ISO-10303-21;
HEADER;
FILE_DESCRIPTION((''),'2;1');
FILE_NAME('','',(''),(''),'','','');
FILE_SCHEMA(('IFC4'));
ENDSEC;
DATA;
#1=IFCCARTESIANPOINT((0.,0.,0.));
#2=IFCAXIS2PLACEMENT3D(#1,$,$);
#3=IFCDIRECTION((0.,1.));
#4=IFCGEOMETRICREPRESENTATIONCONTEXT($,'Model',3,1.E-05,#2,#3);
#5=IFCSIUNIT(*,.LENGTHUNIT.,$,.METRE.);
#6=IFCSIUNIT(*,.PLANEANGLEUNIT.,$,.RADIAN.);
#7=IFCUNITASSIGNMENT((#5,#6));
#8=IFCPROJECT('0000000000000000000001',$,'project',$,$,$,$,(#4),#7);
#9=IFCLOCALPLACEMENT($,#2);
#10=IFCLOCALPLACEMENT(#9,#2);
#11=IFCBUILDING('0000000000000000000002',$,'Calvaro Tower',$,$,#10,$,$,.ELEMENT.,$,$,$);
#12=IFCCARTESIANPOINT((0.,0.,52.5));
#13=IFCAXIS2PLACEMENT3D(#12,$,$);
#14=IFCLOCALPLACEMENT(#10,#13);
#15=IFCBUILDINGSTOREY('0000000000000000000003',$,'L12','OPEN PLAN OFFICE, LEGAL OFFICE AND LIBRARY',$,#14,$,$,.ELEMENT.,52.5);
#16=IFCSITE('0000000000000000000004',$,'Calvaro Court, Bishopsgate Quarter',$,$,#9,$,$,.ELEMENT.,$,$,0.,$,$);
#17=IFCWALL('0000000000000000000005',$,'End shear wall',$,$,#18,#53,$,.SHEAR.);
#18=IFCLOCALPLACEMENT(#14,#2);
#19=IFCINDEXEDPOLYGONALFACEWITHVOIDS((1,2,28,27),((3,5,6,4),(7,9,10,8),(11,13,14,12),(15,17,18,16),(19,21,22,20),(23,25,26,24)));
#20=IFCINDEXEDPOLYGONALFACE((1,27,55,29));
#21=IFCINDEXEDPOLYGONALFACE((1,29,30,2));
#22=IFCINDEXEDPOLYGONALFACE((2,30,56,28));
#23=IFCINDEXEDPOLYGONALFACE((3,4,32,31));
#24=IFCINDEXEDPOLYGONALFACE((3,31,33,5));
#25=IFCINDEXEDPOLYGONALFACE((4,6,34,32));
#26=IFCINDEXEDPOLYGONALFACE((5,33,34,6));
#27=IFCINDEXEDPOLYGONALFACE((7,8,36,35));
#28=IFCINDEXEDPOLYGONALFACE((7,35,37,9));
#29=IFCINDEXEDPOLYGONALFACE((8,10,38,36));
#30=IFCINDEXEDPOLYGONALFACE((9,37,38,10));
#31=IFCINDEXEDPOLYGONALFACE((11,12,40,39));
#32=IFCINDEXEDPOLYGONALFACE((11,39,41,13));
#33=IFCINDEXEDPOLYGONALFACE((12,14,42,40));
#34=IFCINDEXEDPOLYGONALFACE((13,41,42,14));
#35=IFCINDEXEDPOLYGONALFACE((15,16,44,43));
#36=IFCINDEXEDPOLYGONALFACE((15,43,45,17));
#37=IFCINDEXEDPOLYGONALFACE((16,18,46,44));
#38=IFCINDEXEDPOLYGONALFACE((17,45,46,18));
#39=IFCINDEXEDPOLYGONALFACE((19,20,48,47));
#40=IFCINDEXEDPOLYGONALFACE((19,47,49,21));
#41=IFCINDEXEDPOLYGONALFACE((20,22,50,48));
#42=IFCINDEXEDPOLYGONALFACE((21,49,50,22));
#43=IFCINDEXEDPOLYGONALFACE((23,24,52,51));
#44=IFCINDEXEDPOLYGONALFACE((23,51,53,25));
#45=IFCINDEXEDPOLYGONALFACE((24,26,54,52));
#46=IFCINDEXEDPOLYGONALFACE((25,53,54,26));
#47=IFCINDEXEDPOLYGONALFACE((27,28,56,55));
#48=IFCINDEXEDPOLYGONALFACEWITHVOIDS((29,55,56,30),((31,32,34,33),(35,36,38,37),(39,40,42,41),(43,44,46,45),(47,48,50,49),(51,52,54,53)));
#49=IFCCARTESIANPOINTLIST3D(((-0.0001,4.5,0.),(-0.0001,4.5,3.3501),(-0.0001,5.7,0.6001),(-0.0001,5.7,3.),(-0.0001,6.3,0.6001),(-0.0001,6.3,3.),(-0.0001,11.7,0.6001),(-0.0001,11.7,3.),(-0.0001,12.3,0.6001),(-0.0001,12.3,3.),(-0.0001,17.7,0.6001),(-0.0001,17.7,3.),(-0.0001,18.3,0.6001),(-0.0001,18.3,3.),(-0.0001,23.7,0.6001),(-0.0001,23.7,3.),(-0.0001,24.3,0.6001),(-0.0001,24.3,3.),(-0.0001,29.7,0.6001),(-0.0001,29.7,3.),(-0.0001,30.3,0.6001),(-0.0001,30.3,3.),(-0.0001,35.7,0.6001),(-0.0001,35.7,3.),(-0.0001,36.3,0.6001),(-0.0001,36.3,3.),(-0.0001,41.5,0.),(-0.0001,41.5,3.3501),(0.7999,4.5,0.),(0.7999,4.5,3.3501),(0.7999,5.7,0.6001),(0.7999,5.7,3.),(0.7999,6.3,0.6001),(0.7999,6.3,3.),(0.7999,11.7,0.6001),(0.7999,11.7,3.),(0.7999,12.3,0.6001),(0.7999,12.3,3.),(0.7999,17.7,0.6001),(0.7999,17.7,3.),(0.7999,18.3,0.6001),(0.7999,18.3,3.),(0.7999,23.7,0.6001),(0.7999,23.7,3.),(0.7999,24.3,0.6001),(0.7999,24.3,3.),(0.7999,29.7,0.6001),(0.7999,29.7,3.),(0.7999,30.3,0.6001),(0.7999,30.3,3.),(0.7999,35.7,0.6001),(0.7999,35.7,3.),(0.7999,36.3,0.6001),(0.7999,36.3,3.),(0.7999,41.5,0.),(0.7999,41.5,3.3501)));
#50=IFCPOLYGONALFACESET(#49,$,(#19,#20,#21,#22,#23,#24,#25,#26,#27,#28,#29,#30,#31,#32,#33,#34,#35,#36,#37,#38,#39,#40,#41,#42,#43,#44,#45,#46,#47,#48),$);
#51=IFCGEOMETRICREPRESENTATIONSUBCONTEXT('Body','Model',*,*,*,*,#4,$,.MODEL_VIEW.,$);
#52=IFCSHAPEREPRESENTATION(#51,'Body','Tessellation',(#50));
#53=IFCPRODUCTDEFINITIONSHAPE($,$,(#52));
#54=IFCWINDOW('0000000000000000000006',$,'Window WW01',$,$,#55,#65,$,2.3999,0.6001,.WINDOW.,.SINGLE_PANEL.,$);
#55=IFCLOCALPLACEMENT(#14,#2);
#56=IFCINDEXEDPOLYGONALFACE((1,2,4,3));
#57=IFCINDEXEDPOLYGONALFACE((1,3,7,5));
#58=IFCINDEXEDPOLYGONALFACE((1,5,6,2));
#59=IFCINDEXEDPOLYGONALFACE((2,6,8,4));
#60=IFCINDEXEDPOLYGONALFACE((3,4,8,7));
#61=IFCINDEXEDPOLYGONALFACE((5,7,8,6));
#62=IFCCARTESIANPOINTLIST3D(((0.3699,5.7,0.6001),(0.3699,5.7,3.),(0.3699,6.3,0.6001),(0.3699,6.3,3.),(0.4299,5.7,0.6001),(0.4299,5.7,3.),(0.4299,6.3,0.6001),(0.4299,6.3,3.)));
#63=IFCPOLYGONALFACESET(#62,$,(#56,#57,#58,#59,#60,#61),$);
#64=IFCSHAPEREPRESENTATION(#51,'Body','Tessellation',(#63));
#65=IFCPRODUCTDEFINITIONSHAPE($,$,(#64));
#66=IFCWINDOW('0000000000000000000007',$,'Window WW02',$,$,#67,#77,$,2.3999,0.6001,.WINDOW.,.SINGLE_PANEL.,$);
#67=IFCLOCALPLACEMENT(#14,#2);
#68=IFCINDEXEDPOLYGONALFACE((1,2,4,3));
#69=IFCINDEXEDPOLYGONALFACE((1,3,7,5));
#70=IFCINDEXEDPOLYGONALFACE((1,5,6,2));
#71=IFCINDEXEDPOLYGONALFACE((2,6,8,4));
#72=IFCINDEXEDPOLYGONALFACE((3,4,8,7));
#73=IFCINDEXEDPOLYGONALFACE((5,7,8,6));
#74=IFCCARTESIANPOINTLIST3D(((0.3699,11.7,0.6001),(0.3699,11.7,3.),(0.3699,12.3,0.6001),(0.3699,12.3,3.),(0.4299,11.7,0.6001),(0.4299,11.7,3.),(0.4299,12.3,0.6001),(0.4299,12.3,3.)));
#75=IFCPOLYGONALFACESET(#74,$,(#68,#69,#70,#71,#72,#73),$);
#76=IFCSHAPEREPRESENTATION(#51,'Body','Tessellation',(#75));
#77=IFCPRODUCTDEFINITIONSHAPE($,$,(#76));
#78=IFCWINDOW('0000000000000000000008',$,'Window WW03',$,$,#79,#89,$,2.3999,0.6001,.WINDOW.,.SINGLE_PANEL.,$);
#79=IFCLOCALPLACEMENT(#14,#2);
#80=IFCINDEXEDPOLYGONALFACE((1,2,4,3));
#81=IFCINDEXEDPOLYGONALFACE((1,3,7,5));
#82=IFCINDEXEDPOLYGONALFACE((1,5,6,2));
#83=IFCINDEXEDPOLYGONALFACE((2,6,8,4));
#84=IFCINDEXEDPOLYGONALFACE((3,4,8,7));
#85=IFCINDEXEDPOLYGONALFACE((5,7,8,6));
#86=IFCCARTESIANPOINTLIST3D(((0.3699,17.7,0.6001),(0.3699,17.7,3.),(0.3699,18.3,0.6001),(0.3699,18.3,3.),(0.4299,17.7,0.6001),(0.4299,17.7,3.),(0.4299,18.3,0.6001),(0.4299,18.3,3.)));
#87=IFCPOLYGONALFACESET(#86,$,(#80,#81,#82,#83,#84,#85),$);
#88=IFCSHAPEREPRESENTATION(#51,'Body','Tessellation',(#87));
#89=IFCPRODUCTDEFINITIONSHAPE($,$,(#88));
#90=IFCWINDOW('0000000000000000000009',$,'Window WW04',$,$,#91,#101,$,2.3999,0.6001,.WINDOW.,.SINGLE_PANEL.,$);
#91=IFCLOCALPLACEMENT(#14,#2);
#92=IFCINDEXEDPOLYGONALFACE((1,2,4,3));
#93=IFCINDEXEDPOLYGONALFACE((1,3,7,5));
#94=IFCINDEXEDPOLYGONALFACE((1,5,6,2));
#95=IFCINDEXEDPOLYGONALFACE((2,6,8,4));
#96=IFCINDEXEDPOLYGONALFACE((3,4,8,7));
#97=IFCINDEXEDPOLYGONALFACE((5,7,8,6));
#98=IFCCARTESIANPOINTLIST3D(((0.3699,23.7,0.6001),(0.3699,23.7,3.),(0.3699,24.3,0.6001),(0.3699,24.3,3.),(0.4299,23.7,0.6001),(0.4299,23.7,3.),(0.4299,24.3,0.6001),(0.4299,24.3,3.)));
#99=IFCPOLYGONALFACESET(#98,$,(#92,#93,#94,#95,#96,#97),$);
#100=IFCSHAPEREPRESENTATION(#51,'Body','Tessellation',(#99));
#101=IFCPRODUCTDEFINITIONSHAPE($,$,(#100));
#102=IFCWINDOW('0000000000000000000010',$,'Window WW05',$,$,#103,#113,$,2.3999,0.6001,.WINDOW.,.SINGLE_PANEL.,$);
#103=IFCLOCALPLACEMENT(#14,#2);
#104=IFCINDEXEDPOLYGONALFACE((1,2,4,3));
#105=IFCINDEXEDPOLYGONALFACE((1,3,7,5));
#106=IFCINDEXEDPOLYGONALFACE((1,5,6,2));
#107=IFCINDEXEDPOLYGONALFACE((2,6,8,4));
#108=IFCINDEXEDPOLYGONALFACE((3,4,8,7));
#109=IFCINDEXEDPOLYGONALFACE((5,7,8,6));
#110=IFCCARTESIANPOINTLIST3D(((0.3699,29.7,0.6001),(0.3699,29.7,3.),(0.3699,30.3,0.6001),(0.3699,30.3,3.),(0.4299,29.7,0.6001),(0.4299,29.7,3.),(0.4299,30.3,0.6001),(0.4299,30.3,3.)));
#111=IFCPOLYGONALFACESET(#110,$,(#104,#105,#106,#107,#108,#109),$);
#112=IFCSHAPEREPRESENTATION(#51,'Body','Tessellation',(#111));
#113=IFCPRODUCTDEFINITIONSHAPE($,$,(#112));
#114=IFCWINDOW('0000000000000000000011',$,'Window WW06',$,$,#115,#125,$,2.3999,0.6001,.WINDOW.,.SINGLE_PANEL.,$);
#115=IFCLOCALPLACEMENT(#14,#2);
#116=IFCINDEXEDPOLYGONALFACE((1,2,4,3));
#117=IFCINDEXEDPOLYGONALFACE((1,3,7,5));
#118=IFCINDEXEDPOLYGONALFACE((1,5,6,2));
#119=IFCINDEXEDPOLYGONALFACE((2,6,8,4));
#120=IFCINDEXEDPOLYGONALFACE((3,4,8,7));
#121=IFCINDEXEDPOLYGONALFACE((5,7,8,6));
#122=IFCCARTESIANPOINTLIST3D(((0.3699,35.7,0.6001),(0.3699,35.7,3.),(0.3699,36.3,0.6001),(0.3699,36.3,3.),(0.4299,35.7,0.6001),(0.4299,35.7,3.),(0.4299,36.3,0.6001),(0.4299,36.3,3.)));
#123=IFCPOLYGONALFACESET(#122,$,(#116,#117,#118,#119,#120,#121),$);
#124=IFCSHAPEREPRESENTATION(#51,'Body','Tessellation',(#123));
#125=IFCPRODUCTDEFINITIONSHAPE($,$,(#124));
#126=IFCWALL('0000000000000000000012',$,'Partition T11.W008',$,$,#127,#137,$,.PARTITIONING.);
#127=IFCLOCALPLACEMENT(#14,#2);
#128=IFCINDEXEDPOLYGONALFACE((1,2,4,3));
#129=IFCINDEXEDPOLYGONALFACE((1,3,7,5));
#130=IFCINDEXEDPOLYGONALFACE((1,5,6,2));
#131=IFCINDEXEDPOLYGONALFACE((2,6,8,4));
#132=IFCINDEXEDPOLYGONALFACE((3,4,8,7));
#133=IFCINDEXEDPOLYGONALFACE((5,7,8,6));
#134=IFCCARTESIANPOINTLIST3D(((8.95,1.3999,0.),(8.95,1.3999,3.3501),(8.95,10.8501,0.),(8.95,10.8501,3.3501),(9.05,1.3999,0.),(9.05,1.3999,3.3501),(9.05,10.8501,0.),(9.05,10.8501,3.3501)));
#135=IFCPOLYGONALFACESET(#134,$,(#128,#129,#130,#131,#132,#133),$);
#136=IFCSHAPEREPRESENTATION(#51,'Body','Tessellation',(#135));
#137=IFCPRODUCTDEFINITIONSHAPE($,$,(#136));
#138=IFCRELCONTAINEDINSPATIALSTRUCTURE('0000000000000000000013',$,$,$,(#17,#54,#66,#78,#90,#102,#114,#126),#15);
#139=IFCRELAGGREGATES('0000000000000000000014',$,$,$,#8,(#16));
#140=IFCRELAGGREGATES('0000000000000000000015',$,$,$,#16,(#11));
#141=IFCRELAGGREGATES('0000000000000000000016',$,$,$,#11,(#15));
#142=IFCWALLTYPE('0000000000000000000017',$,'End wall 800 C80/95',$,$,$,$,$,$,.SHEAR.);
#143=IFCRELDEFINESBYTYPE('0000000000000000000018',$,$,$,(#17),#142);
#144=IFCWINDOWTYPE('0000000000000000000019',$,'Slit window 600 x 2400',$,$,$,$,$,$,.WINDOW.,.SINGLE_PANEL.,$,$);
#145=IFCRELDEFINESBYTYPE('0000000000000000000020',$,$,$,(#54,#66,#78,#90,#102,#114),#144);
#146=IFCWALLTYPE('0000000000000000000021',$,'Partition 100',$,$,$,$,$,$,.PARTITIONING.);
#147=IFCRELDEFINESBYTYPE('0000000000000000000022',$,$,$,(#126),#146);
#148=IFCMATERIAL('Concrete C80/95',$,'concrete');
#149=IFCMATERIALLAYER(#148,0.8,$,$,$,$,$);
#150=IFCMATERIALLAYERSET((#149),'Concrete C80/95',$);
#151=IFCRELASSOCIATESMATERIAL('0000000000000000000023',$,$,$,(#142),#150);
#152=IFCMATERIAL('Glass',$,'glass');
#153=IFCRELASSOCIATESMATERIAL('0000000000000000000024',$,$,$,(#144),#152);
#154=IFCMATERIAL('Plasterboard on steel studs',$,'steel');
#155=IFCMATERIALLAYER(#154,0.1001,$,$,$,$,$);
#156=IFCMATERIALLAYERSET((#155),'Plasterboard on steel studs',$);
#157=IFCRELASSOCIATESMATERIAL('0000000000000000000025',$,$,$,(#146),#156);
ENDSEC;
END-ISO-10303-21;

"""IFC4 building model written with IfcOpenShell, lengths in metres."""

from ifc_helpers import new_model, si_unit, direction, frame, frame_2d, origin, place, context, subcontext, project, spatial, rectangle, extrude, material, layer, layer_set, type_object, element, fill, save


model = new_model("IFC4")

# Units and contexts
model_context = context("Model", 3, precision=1e-05, world=origin(), true_north=direction((0.0, 1.0)))
body_context = subcontext(model_context, "Body", "Model", "MODEL_VIEW")
ifc_project = project(units=[si_unit("LENGTHUNIT", "METRE"), si_unit("PLANEANGLEUNIT", "RADIAN")], contexts=[model_context])

# Site, building, storey
site_placement = place(None, origin())
site = spatial("IfcSite", under=ifc_project, at=site_placement, Name="Calvaro Court, Bishopsgate Quarter", CompositionType="ELEMENT", RefElevation=0.0)
building_placement = place(site_placement, origin())
building = spatial("IfcBuilding", under=site, at=building_placement, Name="Calvaro Tower", CompositionType="ELEMENT")
storey_placement = place(building_placement, frame((0.0, 0.0, 52.5)))
storey = spatial("IfcBuildingStorey", under=building, at=storey_placement, Name="L12", Description="OPEN PLAN OFFICE, LEGAL OFFICE AND LIBRARY", CompositionType="ELEMENT", Elevation=52.5)

# Wall, openings, windows
ifc_material_1 = material(Name="Concrete C80/95", Category="concrete")
ifc_layer_1 = layer(ifc_material_1, 0.8)
ifc_layer_set_1 = layer_set([ifc_layer_1], Name="Concrete C80/95")
wall_type_1 = type_object("IfcWallType", Name="End wall 800 C80/95", PredefinedType="SHEAR", material=ifc_layer_set_1)
wall_1_placement = place(storey_placement, frame((0.3999, 4.5, 0.0), z_axis=(0.0, 0.0, 1.0), x_axis=(0.0, 1.0, 0.0)))
wall_1 = element("IfcWall", 1, at=wall_1_placement, inside=storey, type_object=wall_type_1, Name="End shear wall", PredefinedType="SHEAR", context=body_context, shape_type="SweptSolid", body=[
    extrude(rectangle(XDim=37.0, YDim=0.8, at=frame_2d((18.5, 0.0))), origin(), (0.0, 0.0, 1.0), 3.3501),
])
opening_1_placement = place(wall_1_placement, frame((1.2, 0.0, 0.6001)))
opening_1 = element("IfcOpeningElement", 2, at=opening_1_placement, cuts=wall_1, PredefinedType="OPENING", context=body_context, shape_type="SweptSolid", body=[
    extrude(rectangle(XDim=0.6001, YDim=2.3999, at=frame_2d((0.3, 1.2))), frame((0.0, 0.4099, 0.0), z_axis=(0.0, -1.0, 0.0), x_axis=(1.0, 0.0, 0.0)), (0.0, 0.0, 1.0), 0.8201),
])
opening_2_placement = place(wall_1_placement, frame((7.2, 0.0, 0.6001)))
opening_2 = element("IfcOpeningElement", 3, at=opening_2_placement, cuts=wall_1, PredefinedType="OPENING", context=body_context, shape_type="SweptSolid", body=[
    extrude(rectangle(XDim=0.6001, YDim=2.3999, at=frame_2d((0.3, 1.2))), frame((0.0, 0.4099, 0.0), z_axis=(0.0, -1.0, 0.0), x_axis=(1.0, 0.0, 0.0)), (0.0, 0.0, 1.0), 0.8201),
])
opening_3_placement = place(wall_1_placement, frame((13.2, 0.0, 0.6001)))
opening_3 = element("IfcOpeningElement", 4, at=opening_3_placement, cuts=wall_1, PredefinedType="OPENING", context=body_context, shape_type="SweptSolid", body=[
    extrude(rectangle(XDim=0.6001, YDim=2.3999, at=frame_2d((0.3, 1.2))), frame((0.0, 0.4099, 0.0), z_axis=(0.0, -1.0, 0.0), x_axis=(1.0, 0.0, 0.0)), (0.0, 0.0, 1.0), 0.8201),
])
opening_4_placement = place(wall_1_placement, frame((19.2, 0.0, 0.6001)))
opening_4 = element("IfcOpeningElement", 5, at=opening_4_placement, cuts=wall_1, PredefinedType="OPENING", context=body_context, shape_type="SweptSolid", body=[
    extrude(rectangle(XDim=0.6001, YDim=2.3999, at=frame_2d((0.3, 1.2))), frame((0.0, 0.4099, 0.0), z_axis=(0.0, -1.0, 0.0), x_axis=(1.0, 0.0, 0.0)), (0.0, 0.0, 1.0), 0.8201),
])
opening_5_placement = place(wall_1_placement, frame((25.2, 0.0, 0.6001)))
opening_5 = element("IfcOpeningElement", 6, at=opening_5_placement, cuts=wall_1, PredefinedType="OPENING", context=body_context, shape_type="SweptSolid", body=[
    extrude(rectangle(XDim=0.6001, YDim=2.3999, at=frame_2d((0.3, 1.2))), frame((0.0, 0.4099, 0.0), z_axis=(0.0, -1.0, 0.0), x_axis=(1.0, 0.0, 0.0)), (0.0, 0.0, 1.0), 0.8201),
])
opening_6_placement = place(wall_1_placement, frame((31.2, 0.0, 0.6001)))
opening_6 = element("IfcOpeningElement", 7, at=opening_6_placement, cuts=wall_1, PredefinedType="OPENING", context=body_context, shape_type="SweptSolid", body=[
    extrude(rectangle(XDim=0.6001, YDim=2.3999, at=frame_2d((0.3, 1.2))), frame((0.0, 0.4099, 0.0), z_axis=(0.0, -1.0, 0.0), x_axis=(1.0, 0.0, 0.0)), (0.0, 0.0, 1.0), 0.8201),
])
ifc_material_2 = material(Name="Glass", Category="glass")
window_type = type_object("IfcWindowType", Name="Slit window 600 x 2400", PartitioningType="SINGLE_PANEL", PredefinedType="WINDOW", material=ifc_material_2)
window_1_placement = place(opening_1_placement, origin())
window_1 = element("IfcWindow", 8, at=window_1_placement, inside=storey, type_object=window_type, Name="Window WW01", OverallHeight=2.3999, OverallWidth=0.6001, PartitioningType="SINGLE_PANEL", PredefinedType="WINDOW", context=body_context, shape_type="SweptSolid", body=[
    extrude(rectangle(XDim=0.6001, YDim=2.3999, at=frame_2d((0.3, 1.2))), frame((0.0, 0.03, 0.0), z_axis=(0.0, -1.0, 0.0), x_axis=(1.0, 0.0, 0.0)), (0.0, 0.0, 1.0), 0.0601),
])
fill(opening_1, window_1)
window_2_placement = place(opening_2_placement, origin())
window_2 = element("IfcWindow", 9, at=window_2_placement, inside=storey, type_object=window_type, Name="Window WW02", OverallHeight=2.3999, OverallWidth=0.6001, PartitioningType="SINGLE_PANEL", PredefinedType="WINDOW", context=body_context, shape_type="SweptSolid", body=[
    extrude(rectangle(XDim=0.6001, YDim=2.3999, at=frame_2d((0.3, 1.2))), frame((0.0, 0.03, 0.0), z_axis=(0.0, -1.0, 0.0), x_axis=(1.0, 0.0, 0.0)), (0.0, 0.0, 1.0), 0.0601),
])
fill(opening_2, window_2)
window_3_placement = place(opening_3_placement, origin())
window_3 = element("IfcWindow", 10, at=window_3_placement, inside=storey, type_object=window_type, Name="Window WW03", OverallHeight=2.3999, OverallWidth=0.6001, PartitioningType="SINGLE_PANEL", PredefinedType="WINDOW", context=body_context, shape_type="SweptSolid", body=[
    extrude(rectangle(XDim=0.6001, YDim=2.3999, at=frame_2d((0.3, 1.2))), frame((0.0, 0.03, 0.0), z_axis=(0.0, -1.0, 0.0), x_axis=(1.0, 0.0, 0.0)), (0.0, 0.0, 1.0), 0.0601),
])
fill(opening_3, window_3)
window_4_placement = place(opening_4_placement, origin())
window_4 = element("IfcWindow", 11, at=window_4_placement, inside=storey, type_object=window_type, Name="Window WW04", OverallHeight=2.3999, OverallWidth=0.6001, PartitioningType="SINGLE_PANEL", PredefinedType="WINDOW", context=body_context, shape_type="SweptSolid", body=[
    extrude(rectangle(XDim=0.6001, YDim=2.3999, at=frame_2d((0.3, 1.2))), frame((0.0, 0.03, 0.0), z_axis=(0.0, -1.0, 0.0), x_axis=(1.0, 0.0, 0.0)), (0.0, 0.0, 1.0), 0.0601),
])
fill(opening_4, window_4)
window_5_placement = place(opening_5_placement, origin())
window_5 = element("IfcWindow", 12, at=window_5_placement, inside=storey, type_object=window_type, Name="Window WW05", OverallHeight=2.3999, OverallWidth=0.6001, PartitioningType="SINGLE_PANEL", PredefinedType="WINDOW", context=body_context, shape_type="SweptSolid", body=[
    extrude(rectangle(XDim=0.6001, YDim=2.3999, at=frame_2d((0.3, 1.2))), frame((0.0, 0.03, 0.0), z_axis=(0.0, -1.0, 0.0), x_axis=(1.0, 0.0, 0.0)), (0.0, 0.0, 1.0), 0.0601),
])
fill(opening_5, window_5)
window_6_placement = place(opening_6_placement, origin())
window_6 = element("IfcWindow", 13, at=window_6_placement, inside=storey, type_object=window_type, Name="Window WW06", OverallHeight=2.3999, OverallWidth=0.6001, PartitioningType="SINGLE_PANEL", PredefinedType="WINDOW", context=body_context, shape_type="SweptSolid", body=[
    extrude(rectangle(XDim=0.6001, YDim=2.3999, at=frame_2d((0.3, 1.2))), frame((0.0, 0.03, 0.0), z_axis=(0.0, -1.0, 0.0), x_axis=(1.0, 0.0, 0.0)), (0.0, 0.0, 1.0), 0.0601),
])
fill(opening_6, window_6)

# Wall
ifc_material_3 = material(Name="Plasterboard on steel studs", Category="steel")
ifc_layer_2 = layer(ifc_material_3, 0.1001)
ifc_layer_set_2 = layer_set([ifc_layer_2], Name="Plasterboard on steel studs")
wall_type_2 = type_object("IfcWallType", Name="Partition 100", PredefinedType="PARTITIONING", material=ifc_layer_set_2)
wall_2_placement = place(storey_placement, frame((9.0, 1.3999, 0.0), z_axis=(0.0, 0.0, 1.0), x_axis=(0.0, 1.0, 0.0)))
element("IfcWall", 14, at=wall_2_placement, inside=storey, type_object=wall_type_2, Name="Partition T11.W008", PredefinedType="PARTITIONING", context=body_context, shape_type="SweptSolid", body=[
    extrude(rectangle(XDim=9.4502, YDim=0.1001, at=frame_2d((4.7251, 0.0))), origin(), (0.0, 0.0, 1.0), 3.3501),
])

save(model, "model.ifc")
